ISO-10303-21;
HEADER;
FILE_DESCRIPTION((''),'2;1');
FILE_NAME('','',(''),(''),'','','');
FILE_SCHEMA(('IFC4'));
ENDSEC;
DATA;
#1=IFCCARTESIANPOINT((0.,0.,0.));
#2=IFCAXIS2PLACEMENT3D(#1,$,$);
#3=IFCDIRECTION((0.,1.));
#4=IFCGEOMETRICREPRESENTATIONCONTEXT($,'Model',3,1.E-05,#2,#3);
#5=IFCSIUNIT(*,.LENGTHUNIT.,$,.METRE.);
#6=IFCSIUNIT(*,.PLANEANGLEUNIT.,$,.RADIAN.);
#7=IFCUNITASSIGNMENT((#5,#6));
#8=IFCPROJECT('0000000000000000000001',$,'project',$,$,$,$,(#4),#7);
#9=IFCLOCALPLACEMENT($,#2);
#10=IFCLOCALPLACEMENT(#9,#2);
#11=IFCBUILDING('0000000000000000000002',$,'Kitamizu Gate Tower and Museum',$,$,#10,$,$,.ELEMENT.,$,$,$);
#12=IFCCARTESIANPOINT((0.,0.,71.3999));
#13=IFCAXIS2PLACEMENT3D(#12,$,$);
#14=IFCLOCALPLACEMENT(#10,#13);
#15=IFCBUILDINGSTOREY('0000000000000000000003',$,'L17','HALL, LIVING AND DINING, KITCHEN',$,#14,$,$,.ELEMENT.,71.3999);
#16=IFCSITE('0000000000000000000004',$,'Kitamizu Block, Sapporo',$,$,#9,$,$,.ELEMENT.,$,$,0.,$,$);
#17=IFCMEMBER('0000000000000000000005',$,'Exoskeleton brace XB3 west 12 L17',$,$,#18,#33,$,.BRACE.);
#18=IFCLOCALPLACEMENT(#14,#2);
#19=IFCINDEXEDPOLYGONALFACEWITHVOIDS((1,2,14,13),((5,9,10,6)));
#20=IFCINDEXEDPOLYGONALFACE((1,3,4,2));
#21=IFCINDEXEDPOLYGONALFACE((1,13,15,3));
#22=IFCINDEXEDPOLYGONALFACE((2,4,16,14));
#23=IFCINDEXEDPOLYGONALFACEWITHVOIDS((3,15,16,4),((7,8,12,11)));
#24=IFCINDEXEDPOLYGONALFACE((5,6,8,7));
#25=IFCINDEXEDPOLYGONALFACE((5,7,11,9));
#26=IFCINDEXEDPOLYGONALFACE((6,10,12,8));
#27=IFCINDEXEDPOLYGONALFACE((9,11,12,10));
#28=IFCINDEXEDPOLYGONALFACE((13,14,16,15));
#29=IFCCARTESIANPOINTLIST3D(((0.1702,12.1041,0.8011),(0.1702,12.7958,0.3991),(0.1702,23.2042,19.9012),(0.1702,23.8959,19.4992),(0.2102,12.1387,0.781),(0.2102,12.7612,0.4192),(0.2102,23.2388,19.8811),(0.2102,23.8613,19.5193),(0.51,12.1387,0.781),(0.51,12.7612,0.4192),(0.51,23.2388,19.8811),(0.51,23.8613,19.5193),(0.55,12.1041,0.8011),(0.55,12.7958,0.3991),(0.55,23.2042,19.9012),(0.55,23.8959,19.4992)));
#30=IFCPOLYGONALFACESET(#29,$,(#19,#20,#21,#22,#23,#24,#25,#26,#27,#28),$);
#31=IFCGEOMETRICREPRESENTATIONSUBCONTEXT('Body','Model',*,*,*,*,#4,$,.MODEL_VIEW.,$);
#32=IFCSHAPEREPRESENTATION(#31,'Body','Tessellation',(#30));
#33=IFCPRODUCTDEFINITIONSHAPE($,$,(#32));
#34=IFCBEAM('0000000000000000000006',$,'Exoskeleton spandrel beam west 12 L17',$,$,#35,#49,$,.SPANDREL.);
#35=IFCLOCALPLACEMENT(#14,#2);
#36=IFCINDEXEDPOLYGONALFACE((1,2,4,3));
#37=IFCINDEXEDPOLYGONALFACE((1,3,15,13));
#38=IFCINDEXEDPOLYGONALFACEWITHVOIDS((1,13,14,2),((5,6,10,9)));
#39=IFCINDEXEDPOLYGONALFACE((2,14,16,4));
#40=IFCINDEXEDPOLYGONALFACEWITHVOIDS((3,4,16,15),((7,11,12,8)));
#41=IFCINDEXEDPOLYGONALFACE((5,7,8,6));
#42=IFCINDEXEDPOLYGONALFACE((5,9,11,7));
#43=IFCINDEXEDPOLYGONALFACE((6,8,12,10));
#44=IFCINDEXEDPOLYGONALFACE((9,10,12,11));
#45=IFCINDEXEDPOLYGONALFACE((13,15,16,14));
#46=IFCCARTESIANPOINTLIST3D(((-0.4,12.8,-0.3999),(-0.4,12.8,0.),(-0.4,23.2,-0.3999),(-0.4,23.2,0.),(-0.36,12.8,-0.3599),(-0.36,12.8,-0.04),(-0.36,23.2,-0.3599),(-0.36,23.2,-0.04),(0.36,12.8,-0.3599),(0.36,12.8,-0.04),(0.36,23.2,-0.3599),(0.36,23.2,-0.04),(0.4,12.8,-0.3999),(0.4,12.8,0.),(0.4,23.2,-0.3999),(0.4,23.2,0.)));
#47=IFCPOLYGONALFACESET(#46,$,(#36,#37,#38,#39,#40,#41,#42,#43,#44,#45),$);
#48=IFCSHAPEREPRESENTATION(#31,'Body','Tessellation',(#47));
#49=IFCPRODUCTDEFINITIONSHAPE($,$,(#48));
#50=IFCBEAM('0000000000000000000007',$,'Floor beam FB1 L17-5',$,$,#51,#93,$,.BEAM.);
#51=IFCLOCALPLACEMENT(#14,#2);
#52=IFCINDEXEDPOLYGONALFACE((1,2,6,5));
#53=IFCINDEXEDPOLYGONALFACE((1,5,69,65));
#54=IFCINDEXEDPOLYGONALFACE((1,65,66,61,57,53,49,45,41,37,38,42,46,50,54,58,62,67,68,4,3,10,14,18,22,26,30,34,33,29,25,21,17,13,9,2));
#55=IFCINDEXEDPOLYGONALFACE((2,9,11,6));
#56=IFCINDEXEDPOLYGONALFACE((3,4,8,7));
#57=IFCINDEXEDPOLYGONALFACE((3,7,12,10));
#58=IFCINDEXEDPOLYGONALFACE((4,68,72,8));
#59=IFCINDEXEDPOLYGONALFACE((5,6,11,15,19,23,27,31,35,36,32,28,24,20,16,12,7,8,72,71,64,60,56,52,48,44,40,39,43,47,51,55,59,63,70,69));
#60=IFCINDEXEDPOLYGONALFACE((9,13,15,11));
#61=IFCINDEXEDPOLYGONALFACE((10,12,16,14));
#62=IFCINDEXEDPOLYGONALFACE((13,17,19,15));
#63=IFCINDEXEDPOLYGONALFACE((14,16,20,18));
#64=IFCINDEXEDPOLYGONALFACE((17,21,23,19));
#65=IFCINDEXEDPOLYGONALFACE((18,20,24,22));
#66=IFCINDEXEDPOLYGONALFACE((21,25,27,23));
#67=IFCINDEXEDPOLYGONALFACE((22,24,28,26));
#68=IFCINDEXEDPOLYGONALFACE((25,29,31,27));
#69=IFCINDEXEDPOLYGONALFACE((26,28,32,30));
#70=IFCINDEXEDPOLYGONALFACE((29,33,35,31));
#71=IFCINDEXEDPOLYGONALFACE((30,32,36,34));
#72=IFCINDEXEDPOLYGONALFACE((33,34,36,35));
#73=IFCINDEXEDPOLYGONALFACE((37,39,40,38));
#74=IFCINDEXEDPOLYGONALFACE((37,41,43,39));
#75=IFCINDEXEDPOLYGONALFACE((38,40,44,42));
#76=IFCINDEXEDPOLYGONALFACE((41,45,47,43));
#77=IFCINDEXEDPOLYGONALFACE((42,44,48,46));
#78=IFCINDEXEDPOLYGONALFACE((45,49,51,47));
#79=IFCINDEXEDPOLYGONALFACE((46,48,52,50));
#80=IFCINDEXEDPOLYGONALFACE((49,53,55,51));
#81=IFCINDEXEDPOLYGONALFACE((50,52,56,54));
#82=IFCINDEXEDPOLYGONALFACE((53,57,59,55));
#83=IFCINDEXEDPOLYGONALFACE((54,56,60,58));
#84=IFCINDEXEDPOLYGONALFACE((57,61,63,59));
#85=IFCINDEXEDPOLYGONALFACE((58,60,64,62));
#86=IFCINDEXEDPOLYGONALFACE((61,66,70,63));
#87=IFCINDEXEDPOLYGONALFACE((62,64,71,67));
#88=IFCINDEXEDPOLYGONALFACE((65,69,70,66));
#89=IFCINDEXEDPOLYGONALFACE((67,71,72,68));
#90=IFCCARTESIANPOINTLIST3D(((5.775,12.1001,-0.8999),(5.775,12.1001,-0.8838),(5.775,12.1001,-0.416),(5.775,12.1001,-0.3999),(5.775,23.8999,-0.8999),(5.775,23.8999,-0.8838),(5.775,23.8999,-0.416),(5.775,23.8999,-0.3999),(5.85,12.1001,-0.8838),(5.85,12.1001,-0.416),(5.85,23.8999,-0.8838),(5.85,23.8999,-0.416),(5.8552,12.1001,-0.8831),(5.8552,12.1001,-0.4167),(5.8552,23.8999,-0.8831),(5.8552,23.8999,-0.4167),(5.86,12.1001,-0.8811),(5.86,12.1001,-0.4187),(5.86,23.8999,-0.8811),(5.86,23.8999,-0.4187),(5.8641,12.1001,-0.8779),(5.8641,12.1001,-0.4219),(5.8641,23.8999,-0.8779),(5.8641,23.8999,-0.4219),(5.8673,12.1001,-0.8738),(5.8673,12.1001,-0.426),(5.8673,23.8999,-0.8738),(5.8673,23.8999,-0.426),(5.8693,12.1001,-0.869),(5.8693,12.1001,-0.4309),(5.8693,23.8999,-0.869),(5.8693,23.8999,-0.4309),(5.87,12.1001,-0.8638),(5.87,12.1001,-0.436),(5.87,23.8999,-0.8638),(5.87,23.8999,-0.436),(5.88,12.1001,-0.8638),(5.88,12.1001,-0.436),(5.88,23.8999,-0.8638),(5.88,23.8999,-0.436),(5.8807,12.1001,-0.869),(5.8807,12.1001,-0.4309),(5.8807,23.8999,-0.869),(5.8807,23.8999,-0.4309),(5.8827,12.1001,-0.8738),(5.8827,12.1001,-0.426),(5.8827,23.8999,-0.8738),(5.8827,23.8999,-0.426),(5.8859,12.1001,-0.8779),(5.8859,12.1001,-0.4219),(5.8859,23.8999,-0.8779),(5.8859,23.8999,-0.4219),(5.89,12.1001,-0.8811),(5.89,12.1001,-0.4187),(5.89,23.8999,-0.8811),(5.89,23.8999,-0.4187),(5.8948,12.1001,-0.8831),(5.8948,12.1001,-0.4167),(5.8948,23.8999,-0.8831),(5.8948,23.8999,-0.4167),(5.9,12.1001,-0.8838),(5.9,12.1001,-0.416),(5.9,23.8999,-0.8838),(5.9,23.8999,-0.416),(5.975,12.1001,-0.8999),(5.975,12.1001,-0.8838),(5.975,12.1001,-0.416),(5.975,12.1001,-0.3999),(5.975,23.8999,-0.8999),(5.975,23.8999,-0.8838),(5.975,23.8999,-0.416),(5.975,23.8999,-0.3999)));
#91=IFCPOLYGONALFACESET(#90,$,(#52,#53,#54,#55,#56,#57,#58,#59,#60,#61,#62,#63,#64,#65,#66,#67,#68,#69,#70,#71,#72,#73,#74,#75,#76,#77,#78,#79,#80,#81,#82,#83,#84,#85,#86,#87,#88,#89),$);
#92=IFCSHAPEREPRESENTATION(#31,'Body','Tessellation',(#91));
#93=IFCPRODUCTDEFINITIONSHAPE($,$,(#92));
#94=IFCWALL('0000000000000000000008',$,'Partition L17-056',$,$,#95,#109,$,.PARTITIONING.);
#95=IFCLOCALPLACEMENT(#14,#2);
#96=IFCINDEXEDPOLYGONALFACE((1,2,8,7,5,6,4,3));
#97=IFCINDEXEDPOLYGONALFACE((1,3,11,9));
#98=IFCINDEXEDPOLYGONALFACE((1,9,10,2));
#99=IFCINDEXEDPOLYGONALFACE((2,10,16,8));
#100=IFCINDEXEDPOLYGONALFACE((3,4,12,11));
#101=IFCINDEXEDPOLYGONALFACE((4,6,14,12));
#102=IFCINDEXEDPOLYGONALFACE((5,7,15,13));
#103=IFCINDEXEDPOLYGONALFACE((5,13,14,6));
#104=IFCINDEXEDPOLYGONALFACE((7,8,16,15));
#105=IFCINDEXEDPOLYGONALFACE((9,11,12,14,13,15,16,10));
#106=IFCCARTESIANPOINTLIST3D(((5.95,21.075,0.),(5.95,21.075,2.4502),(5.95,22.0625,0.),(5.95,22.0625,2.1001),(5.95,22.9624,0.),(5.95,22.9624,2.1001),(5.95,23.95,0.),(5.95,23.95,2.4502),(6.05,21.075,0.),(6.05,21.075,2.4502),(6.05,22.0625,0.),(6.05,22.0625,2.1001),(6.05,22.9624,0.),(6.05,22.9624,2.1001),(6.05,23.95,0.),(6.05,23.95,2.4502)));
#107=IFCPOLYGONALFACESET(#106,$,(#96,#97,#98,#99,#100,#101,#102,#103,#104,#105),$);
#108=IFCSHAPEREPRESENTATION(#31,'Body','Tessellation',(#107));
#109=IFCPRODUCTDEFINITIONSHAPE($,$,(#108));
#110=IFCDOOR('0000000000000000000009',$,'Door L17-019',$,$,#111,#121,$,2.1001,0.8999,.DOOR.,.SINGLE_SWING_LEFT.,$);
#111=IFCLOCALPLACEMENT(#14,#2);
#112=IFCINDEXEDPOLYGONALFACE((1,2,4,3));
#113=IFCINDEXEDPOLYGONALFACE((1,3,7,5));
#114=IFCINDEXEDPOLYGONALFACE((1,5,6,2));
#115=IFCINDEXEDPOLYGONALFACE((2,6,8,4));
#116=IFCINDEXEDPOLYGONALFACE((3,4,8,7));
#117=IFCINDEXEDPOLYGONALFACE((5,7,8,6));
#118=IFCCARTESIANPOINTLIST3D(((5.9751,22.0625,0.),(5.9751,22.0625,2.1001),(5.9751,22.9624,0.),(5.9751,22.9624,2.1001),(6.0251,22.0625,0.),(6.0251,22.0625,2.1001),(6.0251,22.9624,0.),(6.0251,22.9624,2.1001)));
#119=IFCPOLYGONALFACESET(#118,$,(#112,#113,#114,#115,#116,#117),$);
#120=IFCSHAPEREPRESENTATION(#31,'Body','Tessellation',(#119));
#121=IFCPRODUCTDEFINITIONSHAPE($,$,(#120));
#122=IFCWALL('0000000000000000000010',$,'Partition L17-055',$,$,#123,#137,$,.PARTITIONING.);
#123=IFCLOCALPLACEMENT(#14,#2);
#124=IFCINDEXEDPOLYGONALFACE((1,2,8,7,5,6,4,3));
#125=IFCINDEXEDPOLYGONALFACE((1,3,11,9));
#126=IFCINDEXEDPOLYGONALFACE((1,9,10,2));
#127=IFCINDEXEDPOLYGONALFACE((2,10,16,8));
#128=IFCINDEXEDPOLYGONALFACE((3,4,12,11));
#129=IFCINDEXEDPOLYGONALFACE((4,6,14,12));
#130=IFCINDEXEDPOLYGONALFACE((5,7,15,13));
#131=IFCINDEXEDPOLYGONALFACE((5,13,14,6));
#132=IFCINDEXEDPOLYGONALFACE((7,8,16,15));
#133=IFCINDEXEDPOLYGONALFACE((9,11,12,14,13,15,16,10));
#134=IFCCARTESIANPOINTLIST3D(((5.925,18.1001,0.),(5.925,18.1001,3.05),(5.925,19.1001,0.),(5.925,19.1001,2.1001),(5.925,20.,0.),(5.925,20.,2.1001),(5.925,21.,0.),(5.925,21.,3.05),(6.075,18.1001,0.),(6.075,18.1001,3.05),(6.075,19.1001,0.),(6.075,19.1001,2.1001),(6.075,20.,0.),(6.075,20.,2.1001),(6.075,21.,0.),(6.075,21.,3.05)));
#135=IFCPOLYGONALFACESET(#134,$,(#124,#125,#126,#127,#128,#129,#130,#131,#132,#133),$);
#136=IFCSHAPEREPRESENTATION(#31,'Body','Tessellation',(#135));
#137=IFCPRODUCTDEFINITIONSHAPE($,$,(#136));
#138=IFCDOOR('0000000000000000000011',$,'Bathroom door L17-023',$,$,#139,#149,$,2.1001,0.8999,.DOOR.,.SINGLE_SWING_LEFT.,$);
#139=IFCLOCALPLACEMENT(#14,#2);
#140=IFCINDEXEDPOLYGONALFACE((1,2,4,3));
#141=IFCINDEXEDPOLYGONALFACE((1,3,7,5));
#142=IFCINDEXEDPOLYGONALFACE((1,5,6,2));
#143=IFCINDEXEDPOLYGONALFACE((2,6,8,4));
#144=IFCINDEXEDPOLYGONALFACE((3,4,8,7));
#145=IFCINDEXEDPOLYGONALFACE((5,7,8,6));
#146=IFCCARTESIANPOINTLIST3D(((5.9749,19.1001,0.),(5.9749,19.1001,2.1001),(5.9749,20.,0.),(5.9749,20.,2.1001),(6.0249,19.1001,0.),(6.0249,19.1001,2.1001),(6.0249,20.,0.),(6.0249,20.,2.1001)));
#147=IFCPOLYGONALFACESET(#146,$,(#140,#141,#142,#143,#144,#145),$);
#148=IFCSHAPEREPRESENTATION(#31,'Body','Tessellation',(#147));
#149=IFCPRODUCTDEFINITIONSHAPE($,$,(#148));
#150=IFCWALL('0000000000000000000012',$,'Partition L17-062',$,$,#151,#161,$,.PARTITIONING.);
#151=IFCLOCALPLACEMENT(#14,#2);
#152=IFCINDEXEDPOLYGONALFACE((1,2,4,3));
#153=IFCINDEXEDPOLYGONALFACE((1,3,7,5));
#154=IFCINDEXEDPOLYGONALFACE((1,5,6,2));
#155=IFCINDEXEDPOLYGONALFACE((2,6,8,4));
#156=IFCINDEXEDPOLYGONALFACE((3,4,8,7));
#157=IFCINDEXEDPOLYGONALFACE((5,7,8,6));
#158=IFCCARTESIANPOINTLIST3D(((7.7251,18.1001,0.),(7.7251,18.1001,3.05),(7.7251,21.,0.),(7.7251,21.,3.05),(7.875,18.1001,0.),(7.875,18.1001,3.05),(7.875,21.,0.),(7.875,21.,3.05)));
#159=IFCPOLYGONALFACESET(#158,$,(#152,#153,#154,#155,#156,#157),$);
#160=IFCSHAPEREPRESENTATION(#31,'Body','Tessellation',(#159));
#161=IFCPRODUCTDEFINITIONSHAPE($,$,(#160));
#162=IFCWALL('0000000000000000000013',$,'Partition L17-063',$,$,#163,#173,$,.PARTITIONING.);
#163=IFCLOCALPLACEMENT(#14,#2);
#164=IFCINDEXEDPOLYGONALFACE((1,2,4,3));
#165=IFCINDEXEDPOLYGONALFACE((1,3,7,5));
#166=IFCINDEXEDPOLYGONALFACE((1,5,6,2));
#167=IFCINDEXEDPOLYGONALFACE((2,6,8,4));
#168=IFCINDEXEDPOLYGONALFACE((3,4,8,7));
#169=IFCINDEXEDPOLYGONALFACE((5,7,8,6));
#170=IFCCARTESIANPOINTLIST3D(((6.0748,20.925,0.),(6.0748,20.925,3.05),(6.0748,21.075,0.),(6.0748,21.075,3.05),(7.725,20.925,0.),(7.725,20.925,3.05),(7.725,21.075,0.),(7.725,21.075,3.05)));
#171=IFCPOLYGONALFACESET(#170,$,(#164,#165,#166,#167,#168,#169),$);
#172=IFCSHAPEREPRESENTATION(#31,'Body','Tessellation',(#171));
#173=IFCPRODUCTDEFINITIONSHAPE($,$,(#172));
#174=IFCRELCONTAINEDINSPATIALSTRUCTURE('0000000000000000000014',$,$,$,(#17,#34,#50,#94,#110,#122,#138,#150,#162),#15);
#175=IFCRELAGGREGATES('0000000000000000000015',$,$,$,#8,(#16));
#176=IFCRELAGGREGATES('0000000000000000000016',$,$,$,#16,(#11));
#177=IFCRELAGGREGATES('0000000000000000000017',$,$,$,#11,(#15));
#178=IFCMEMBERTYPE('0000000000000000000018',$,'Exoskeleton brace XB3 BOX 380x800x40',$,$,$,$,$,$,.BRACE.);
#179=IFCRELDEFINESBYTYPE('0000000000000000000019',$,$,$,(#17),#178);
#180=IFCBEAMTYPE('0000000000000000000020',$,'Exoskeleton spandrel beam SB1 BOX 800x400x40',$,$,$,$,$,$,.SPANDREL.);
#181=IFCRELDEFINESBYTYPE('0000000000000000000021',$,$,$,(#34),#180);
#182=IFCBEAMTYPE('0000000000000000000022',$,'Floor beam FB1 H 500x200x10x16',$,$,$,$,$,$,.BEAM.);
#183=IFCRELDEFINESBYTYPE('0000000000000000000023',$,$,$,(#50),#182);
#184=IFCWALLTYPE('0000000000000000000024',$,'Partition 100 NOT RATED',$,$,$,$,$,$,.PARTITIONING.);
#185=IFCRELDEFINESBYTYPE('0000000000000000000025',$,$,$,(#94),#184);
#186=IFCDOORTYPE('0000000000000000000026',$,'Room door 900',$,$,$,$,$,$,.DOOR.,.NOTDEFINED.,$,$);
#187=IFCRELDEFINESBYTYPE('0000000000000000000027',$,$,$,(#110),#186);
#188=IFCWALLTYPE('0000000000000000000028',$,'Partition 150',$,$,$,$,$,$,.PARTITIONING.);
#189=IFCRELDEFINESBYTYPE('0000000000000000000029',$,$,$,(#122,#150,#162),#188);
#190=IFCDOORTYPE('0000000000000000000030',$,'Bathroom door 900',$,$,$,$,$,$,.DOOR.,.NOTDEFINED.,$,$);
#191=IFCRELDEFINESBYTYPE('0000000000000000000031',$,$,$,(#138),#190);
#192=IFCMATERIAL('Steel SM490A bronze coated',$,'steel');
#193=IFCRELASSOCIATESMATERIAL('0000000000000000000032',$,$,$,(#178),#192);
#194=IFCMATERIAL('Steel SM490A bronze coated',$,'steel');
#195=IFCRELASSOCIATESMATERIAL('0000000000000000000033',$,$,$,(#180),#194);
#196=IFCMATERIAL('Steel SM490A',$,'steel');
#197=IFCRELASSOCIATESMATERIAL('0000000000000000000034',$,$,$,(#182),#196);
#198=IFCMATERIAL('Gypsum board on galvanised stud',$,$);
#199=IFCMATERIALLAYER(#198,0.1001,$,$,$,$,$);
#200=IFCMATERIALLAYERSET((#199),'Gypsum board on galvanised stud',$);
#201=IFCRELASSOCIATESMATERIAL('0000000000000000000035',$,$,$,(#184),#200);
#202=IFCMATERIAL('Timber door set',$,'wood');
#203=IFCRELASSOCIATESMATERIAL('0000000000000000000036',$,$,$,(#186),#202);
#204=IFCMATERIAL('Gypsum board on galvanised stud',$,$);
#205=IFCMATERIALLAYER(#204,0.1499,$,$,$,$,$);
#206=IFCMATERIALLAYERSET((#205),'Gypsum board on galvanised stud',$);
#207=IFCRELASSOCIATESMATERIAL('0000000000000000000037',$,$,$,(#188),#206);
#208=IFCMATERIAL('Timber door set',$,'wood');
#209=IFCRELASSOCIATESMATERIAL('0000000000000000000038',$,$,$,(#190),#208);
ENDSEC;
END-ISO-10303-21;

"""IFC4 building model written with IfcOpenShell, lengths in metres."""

from ifc_helpers import new_model, si_unit, direction, frame, frame_2d, origin, origin_2d, place, context, subcontext, project, spatial, rectangle, hollow_rectangle, i_section, extrude, material, layer, layer_set, material_profile, profile_set, type_object, element, fill, save


model = new_model("IFC4")

# Units and contexts
model_context = context("Model", 3, precision=1e-05, world=origin(), true_north=direction((0.0, 1.0)))
body_context = subcontext(model_context, "Body", "Model", "MODEL_VIEW")
ifc_project = project(units=[si_unit("LENGTHUNIT", "METRE"), si_unit("PLANEANGLEUNIT", "RADIAN")], contexts=[model_context])

# Site, building, storey
site_placement = place(None, origin())
site = spatial("IfcSite", under=ifc_project, at=site_placement, Name="Kitamizu Block, Sapporo", CompositionType="ELEMENT", RefElevation=0.0)
building_placement = place(site_placement, origin())
building = spatial("IfcBuilding", under=site, at=building_placement, Name="Kitamizu Gate Tower and Museum", CompositionType="ELEMENT")
storey_placement = place(building_placement, frame((0.0, 0.0, 71.3999)))
storey = spatial("IfcBuildingStorey", under=building, at=storey_placement, Name="L17", Description="HALL, LIVING AND DINING, KITCHEN", CompositionType="ELEMENT", Elevation=71.3999)

# Member
ifc_material_1 = material(Name="Steel SM490A bronze coated", Category="steel")
ifc_material_profile_1 = material_profile(ifc_material_1, hollow_rectangle(XDim=0.3799, YDim=0.8, WallThickness=0.04, at=origin_2d()), Name="BOX 380x800x40")
ifc_profile_set_1 = profile_set([ifc_material_profile_1], Name="Steel SM490A bronze coated")
member_type = type_object("IfcMemberType", Name="Exoskeleton brace XB3 BOX 380x800x40", PredefinedType="BRACE", material=ifc_profile_set_1)
member_placement = place(storey_placement, frame((0.3601, 12.45, 0.6001), z_axis=(0.0, 0.502464, 0.864598), x_axis=(-1.0, 0.0, 0.0)))
element("IfcMember", 1, at=member_placement, inside=storey, type_object=member_type, Name="Exoskeleton brace XB3 west 12 L17", PredefinedType="BRACE", context=body_context, shape_type="SweptSolid", body=[
    extrude(hollow_rectangle(XDim=0.3799, YDim=0.8, WallThickness=0.04, at=origin_2d()), origin(), (0.0, 0.0, 1.0), 22.0913),
])

# Beams
ifc_material_2 = material(Name="Steel SM490A bronze coated", Category="steel")
ifc_material_profile_2 = material_profile(ifc_material_2, hollow_rectangle(XDim=0.8, YDim=0.3999, WallThickness=0.04, at=origin_2d()), Name="BOX 800x400x40")
ifc_profile_set_2 = profile_set([ifc_material_profile_2], Name="Steel SM490A bronze coated")
beam_type_1 = type_object("IfcBeamType", Name="Exoskeleton spandrel beam SB1 BOX 800x400x40", PredefinedType="SPANDREL", material=ifc_profile_set_2)
beam_1_placement = place(storey_placement, frame((0.0, 12.8, -0.2), z_axis=(0.0, 1.0, 0.0), x_axis=(-1.0, 0.0, 0.0)))
element("IfcBeam", 2, at=beam_1_placement, inside=storey, type_object=beam_type_1, Name="Exoskeleton spandrel beam west 12 L17", PredefinedType="SPANDREL", context=body_context, shape_type="SweptSolid", body=[
    extrude(hollow_rectangle(XDim=0.8, YDim=0.3999, WallThickness=0.04, at=origin_2d()), origin(), (0.0, 0.0, 1.0), 10.3999),
])
ifc_material_3 = material(Name="Steel SM490A", Category="steel")
ifc_material_profile_3 = material_profile(ifc_material_3, i_section(OverallWidth=0.2, OverallDepth=0.5, WebThickness=0.01, FlangeThickness=0.0161, FilletRadius=0.02, at=origin_2d()), Name="H-500x200x10x16")
ifc_profile_set_3 = profile_set([ifc_material_profile_3], Name="Steel SM490A")
beam_type_2 = type_object("IfcBeamType", Name="Floor beam FB1 H 500x200x10x16", PredefinedType="BEAM", material=ifc_profile_set_3)
beam_2_placement = place(storey_placement, frame((5.875, 12.1001, -0.6499), z_axis=(0.0, 1.0, 0.0), x_axis=(-1.0, 0.0, 0.0)))
element("IfcBeam", 3, at=beam_2_placement, inside=storey, type_object=beam_type_2, Name="Floor beam FB1 L17-5", PredefinedType="BEAM", context=body_context, shape_type="SweptSolid", body=[
    extrude(i_section(OverallWidth=0.2, OverallDepth=0.5, WebThickness=0.01, FlangeThickness=0.0161, FilletRadius=0.02, at=origin_2d()), origin(), (0.0, 0.0, 1.0), 11.7998),
])

# Walls, openings, doors
ifc_material_4 = material(Name="Gypsum board on galvanised stud")
ifc_layer_1 = layer(ifc_material_4, 0.1001)
ifc_layer_set_1 = layer_set([ifc_layer_1], Name="Gypsum board on galvanised stud")
wall_type_1 = type_object("IfcWallType", Name="Partition 100 NOT RATED", PredefinedType="PARTITIONING", material=ifc_layer_set_1)
wall_1_placement = place(storey_placement, frame((6.0, 21.075, 0.0), z_axis=(0.0, 0.0, 1.0), x_axis=(0.0, 1.0, 0.0)))
wall_1 = element("IfcWall", 4, at=wall_1_placement, inside=storey, type_object=wall_type_1, Name="Partition L17-056", PredefinedType="PARTITIONING", context=body_context, shape_type="SweptSolid", body=[
    extrude(rectangle(XDim=2.875, YDim=0.1001, at=frame_2d((1.4375, 0.0))), origin(), (0.0, 0.0, 1.0), 2.4502),
])
opening_1_placement = place(wall_1_placement, frame((0.9875, 0.0, 0.0)))
opening_1 = element("IfcOpeningElement", 5, at=opening_1_placement, cuts=wall_1, PredefinedType="OPENING", context=body_context, shape_type="SweptSolid", body=[
    extrude(rectangle(XDim=0.8999, YDim=2.1001, at=frame_2d((0.45, 1.05))), frame((0.0, 0.0601, 0.0), z_axis=(0.0, -1.0, 0.0), x_axis=(1.0, 0.0, 0.0)), (0.0, 0.0, 1.0), 0.1201),
])
ifc_material_5 = material(Name="Timber door set", Category="wood")
door_type_1 = type_object("IfcDoorType", Name="Room door 900", OperationType="NOTDEFINED", PredefinedType="DOOR", material=ifc_material_5)
door_1_placement = place(opening_1_placement, origin())
door_1 = element("IfcDoor", 6, at=door_1_placement, inside=storey, type_object=door_type_1, Name="Door L17-019", OperationType="SINGLE_SWING_LEFT", OverallHeight=2.1001, OverallWidth=0.8999, PredefinedType="DOOR", context=body_context, shape_type="SweptSolid", body=[
    extrude(rectangle(XDim=0.8999, YDim=2.1001, at=frame_2d((0.45, 1.05))), frame((0.0, 0.0249, 0.0), z_axis=(0.0, -1.0, 0.0), x_axis=(1.0, 0.0, 0.0)), (0.0, 0.0, 1.0), 0.05),
])
fill(opening_1, door_1)
ifc_material_6 = material(Name="Gypsum board on galvanised stud")
ifc_layer_2 = layer(ifc_material_6, 0.1499)
ifc_layer_set_2 = layer_set([ifc_layer_2], Name="Gypsum board on galvanised stud")
wall_type_2 = type_object("IfcWallType", Name="Partition 150", PredefinedType="PARTITIONING", material=ifc_layer_set_2)
wall_2_placement = place(storey_placement, frame((6.0, 18.1001, 0.0), z_axis=(0.0, 0.0, 1.0), x_axis=(0.0, 1.0, 0.0)))
wall_2 = element("IfcWall", 7, at=wall_2_placement, inside=storey, type_object=wall_type_2, Name="Partition L17-055", PredefinedType="PARTITIONING", context=body_context, shape_type="SweptSolid", body=[
    extrude(rectangle(XDim=2.8999, YDim=0.1499, at=frame_2d((1.45, 0.0))), origin(), (0.0, 0.0, 1.0), 3.05),
])
opening_2_placement = place(wall_2_placement, frame((1.0, 0.0, 0.0)))
opening_2 = element("IfcOpeningElement", 8, at=opening_2_placement, cuts=wall_2, PredefinedType="OPENING", context=body_context, shape_type="SweptSolid", body=[
    extrude(rectangle(XDim=0.8999, YDim=2.1001, at=frame_2d((0.45, 1.05))), frame((0.0, 0.085, 0.0), z_axis=(0.0, -1.0, 0.0), x_axis=(1.0, 0.0, 0.0)), (0.0, 0.0, 1.0), 0.1699),
])
ifc_material_7 = material(Name="Timber door set", Category="wood")
door_type_2 = type_object("IfcDoorType", Name="Bathroom door 900", OperationType="NOTDEFINED", PredefinedType="DOOR", material=ifc_material_7)
door_2_placement = place(opening_2_placement, frame((0.8999, 0.0, 0.0), x_axis=(-1.0, 0.0, 0.0)))
door_2 = element("IfcDoor", 9, at=door_2_placement, inside=storey, type_object=door_type_2, Name="Bathroom door L17-023", OperationType="SINGLE_SWING_LEFT", OverallHeight=2.1001, OverallWidth=0.8999, PredefinedType="DOOR", context=body_context, shape_type="SweptSolid", body=[
    extrude(rectangle(XDim=0.8999, YDim=2.1001, at=frame_2d((0.45, 1.05))), frame((0.0, 0.0249, 0.0), z_axis=(0.0, -1.0, 0.0), x_axis=(1.0, 0.0, 0.0)), (0.0, 0.0, 1.0), 0.05),
])
fill(opening_2, door_2)

# Walls
wall_3_placement = place(storey_placement, frame((7.8, 18.1001, 0.0), z_axis=(0.0, 0.0, 1.0), x_axis=(0.0, 1.0, 0.0)))
element("IfcWall", 10, at=wall_3_placement, inside=storey, type_object=wall_type_2, Name="Partition L17-062", PredefinedType="PARTITIONING", context=body_context, shape_type="SweptSolid", body=[
    extrude(rectangle(XDim=2.8999, YDim=0.1499, at=frame_2d((1.45, 0.0))), origin(), (0.0, 0.0, 1.0), 3.05),
])
wall_4_placement = place(storey_placement, frame((7.7251, 21.0, 0.0), z_axis=(0.0, 0.0, 1.0), x_axis=(-1.0, 0.0, 0.0)))
element("IfcWall", 11, at=wall_4_placement, inside=storey, type_object=wall_type_2, Name="Partition L17-063", PredefinedType="PARTITIONING", context=body_context, shape_type="SweptSolid", body=[
    extrude(rectangle(XDim=1.6501, YDim=0.1499, at=frame_2d((0.8252, 0.0))), origin(), (0.0, 0.0, 1.0), 3.05),
])

save(model, "model.ifc")
